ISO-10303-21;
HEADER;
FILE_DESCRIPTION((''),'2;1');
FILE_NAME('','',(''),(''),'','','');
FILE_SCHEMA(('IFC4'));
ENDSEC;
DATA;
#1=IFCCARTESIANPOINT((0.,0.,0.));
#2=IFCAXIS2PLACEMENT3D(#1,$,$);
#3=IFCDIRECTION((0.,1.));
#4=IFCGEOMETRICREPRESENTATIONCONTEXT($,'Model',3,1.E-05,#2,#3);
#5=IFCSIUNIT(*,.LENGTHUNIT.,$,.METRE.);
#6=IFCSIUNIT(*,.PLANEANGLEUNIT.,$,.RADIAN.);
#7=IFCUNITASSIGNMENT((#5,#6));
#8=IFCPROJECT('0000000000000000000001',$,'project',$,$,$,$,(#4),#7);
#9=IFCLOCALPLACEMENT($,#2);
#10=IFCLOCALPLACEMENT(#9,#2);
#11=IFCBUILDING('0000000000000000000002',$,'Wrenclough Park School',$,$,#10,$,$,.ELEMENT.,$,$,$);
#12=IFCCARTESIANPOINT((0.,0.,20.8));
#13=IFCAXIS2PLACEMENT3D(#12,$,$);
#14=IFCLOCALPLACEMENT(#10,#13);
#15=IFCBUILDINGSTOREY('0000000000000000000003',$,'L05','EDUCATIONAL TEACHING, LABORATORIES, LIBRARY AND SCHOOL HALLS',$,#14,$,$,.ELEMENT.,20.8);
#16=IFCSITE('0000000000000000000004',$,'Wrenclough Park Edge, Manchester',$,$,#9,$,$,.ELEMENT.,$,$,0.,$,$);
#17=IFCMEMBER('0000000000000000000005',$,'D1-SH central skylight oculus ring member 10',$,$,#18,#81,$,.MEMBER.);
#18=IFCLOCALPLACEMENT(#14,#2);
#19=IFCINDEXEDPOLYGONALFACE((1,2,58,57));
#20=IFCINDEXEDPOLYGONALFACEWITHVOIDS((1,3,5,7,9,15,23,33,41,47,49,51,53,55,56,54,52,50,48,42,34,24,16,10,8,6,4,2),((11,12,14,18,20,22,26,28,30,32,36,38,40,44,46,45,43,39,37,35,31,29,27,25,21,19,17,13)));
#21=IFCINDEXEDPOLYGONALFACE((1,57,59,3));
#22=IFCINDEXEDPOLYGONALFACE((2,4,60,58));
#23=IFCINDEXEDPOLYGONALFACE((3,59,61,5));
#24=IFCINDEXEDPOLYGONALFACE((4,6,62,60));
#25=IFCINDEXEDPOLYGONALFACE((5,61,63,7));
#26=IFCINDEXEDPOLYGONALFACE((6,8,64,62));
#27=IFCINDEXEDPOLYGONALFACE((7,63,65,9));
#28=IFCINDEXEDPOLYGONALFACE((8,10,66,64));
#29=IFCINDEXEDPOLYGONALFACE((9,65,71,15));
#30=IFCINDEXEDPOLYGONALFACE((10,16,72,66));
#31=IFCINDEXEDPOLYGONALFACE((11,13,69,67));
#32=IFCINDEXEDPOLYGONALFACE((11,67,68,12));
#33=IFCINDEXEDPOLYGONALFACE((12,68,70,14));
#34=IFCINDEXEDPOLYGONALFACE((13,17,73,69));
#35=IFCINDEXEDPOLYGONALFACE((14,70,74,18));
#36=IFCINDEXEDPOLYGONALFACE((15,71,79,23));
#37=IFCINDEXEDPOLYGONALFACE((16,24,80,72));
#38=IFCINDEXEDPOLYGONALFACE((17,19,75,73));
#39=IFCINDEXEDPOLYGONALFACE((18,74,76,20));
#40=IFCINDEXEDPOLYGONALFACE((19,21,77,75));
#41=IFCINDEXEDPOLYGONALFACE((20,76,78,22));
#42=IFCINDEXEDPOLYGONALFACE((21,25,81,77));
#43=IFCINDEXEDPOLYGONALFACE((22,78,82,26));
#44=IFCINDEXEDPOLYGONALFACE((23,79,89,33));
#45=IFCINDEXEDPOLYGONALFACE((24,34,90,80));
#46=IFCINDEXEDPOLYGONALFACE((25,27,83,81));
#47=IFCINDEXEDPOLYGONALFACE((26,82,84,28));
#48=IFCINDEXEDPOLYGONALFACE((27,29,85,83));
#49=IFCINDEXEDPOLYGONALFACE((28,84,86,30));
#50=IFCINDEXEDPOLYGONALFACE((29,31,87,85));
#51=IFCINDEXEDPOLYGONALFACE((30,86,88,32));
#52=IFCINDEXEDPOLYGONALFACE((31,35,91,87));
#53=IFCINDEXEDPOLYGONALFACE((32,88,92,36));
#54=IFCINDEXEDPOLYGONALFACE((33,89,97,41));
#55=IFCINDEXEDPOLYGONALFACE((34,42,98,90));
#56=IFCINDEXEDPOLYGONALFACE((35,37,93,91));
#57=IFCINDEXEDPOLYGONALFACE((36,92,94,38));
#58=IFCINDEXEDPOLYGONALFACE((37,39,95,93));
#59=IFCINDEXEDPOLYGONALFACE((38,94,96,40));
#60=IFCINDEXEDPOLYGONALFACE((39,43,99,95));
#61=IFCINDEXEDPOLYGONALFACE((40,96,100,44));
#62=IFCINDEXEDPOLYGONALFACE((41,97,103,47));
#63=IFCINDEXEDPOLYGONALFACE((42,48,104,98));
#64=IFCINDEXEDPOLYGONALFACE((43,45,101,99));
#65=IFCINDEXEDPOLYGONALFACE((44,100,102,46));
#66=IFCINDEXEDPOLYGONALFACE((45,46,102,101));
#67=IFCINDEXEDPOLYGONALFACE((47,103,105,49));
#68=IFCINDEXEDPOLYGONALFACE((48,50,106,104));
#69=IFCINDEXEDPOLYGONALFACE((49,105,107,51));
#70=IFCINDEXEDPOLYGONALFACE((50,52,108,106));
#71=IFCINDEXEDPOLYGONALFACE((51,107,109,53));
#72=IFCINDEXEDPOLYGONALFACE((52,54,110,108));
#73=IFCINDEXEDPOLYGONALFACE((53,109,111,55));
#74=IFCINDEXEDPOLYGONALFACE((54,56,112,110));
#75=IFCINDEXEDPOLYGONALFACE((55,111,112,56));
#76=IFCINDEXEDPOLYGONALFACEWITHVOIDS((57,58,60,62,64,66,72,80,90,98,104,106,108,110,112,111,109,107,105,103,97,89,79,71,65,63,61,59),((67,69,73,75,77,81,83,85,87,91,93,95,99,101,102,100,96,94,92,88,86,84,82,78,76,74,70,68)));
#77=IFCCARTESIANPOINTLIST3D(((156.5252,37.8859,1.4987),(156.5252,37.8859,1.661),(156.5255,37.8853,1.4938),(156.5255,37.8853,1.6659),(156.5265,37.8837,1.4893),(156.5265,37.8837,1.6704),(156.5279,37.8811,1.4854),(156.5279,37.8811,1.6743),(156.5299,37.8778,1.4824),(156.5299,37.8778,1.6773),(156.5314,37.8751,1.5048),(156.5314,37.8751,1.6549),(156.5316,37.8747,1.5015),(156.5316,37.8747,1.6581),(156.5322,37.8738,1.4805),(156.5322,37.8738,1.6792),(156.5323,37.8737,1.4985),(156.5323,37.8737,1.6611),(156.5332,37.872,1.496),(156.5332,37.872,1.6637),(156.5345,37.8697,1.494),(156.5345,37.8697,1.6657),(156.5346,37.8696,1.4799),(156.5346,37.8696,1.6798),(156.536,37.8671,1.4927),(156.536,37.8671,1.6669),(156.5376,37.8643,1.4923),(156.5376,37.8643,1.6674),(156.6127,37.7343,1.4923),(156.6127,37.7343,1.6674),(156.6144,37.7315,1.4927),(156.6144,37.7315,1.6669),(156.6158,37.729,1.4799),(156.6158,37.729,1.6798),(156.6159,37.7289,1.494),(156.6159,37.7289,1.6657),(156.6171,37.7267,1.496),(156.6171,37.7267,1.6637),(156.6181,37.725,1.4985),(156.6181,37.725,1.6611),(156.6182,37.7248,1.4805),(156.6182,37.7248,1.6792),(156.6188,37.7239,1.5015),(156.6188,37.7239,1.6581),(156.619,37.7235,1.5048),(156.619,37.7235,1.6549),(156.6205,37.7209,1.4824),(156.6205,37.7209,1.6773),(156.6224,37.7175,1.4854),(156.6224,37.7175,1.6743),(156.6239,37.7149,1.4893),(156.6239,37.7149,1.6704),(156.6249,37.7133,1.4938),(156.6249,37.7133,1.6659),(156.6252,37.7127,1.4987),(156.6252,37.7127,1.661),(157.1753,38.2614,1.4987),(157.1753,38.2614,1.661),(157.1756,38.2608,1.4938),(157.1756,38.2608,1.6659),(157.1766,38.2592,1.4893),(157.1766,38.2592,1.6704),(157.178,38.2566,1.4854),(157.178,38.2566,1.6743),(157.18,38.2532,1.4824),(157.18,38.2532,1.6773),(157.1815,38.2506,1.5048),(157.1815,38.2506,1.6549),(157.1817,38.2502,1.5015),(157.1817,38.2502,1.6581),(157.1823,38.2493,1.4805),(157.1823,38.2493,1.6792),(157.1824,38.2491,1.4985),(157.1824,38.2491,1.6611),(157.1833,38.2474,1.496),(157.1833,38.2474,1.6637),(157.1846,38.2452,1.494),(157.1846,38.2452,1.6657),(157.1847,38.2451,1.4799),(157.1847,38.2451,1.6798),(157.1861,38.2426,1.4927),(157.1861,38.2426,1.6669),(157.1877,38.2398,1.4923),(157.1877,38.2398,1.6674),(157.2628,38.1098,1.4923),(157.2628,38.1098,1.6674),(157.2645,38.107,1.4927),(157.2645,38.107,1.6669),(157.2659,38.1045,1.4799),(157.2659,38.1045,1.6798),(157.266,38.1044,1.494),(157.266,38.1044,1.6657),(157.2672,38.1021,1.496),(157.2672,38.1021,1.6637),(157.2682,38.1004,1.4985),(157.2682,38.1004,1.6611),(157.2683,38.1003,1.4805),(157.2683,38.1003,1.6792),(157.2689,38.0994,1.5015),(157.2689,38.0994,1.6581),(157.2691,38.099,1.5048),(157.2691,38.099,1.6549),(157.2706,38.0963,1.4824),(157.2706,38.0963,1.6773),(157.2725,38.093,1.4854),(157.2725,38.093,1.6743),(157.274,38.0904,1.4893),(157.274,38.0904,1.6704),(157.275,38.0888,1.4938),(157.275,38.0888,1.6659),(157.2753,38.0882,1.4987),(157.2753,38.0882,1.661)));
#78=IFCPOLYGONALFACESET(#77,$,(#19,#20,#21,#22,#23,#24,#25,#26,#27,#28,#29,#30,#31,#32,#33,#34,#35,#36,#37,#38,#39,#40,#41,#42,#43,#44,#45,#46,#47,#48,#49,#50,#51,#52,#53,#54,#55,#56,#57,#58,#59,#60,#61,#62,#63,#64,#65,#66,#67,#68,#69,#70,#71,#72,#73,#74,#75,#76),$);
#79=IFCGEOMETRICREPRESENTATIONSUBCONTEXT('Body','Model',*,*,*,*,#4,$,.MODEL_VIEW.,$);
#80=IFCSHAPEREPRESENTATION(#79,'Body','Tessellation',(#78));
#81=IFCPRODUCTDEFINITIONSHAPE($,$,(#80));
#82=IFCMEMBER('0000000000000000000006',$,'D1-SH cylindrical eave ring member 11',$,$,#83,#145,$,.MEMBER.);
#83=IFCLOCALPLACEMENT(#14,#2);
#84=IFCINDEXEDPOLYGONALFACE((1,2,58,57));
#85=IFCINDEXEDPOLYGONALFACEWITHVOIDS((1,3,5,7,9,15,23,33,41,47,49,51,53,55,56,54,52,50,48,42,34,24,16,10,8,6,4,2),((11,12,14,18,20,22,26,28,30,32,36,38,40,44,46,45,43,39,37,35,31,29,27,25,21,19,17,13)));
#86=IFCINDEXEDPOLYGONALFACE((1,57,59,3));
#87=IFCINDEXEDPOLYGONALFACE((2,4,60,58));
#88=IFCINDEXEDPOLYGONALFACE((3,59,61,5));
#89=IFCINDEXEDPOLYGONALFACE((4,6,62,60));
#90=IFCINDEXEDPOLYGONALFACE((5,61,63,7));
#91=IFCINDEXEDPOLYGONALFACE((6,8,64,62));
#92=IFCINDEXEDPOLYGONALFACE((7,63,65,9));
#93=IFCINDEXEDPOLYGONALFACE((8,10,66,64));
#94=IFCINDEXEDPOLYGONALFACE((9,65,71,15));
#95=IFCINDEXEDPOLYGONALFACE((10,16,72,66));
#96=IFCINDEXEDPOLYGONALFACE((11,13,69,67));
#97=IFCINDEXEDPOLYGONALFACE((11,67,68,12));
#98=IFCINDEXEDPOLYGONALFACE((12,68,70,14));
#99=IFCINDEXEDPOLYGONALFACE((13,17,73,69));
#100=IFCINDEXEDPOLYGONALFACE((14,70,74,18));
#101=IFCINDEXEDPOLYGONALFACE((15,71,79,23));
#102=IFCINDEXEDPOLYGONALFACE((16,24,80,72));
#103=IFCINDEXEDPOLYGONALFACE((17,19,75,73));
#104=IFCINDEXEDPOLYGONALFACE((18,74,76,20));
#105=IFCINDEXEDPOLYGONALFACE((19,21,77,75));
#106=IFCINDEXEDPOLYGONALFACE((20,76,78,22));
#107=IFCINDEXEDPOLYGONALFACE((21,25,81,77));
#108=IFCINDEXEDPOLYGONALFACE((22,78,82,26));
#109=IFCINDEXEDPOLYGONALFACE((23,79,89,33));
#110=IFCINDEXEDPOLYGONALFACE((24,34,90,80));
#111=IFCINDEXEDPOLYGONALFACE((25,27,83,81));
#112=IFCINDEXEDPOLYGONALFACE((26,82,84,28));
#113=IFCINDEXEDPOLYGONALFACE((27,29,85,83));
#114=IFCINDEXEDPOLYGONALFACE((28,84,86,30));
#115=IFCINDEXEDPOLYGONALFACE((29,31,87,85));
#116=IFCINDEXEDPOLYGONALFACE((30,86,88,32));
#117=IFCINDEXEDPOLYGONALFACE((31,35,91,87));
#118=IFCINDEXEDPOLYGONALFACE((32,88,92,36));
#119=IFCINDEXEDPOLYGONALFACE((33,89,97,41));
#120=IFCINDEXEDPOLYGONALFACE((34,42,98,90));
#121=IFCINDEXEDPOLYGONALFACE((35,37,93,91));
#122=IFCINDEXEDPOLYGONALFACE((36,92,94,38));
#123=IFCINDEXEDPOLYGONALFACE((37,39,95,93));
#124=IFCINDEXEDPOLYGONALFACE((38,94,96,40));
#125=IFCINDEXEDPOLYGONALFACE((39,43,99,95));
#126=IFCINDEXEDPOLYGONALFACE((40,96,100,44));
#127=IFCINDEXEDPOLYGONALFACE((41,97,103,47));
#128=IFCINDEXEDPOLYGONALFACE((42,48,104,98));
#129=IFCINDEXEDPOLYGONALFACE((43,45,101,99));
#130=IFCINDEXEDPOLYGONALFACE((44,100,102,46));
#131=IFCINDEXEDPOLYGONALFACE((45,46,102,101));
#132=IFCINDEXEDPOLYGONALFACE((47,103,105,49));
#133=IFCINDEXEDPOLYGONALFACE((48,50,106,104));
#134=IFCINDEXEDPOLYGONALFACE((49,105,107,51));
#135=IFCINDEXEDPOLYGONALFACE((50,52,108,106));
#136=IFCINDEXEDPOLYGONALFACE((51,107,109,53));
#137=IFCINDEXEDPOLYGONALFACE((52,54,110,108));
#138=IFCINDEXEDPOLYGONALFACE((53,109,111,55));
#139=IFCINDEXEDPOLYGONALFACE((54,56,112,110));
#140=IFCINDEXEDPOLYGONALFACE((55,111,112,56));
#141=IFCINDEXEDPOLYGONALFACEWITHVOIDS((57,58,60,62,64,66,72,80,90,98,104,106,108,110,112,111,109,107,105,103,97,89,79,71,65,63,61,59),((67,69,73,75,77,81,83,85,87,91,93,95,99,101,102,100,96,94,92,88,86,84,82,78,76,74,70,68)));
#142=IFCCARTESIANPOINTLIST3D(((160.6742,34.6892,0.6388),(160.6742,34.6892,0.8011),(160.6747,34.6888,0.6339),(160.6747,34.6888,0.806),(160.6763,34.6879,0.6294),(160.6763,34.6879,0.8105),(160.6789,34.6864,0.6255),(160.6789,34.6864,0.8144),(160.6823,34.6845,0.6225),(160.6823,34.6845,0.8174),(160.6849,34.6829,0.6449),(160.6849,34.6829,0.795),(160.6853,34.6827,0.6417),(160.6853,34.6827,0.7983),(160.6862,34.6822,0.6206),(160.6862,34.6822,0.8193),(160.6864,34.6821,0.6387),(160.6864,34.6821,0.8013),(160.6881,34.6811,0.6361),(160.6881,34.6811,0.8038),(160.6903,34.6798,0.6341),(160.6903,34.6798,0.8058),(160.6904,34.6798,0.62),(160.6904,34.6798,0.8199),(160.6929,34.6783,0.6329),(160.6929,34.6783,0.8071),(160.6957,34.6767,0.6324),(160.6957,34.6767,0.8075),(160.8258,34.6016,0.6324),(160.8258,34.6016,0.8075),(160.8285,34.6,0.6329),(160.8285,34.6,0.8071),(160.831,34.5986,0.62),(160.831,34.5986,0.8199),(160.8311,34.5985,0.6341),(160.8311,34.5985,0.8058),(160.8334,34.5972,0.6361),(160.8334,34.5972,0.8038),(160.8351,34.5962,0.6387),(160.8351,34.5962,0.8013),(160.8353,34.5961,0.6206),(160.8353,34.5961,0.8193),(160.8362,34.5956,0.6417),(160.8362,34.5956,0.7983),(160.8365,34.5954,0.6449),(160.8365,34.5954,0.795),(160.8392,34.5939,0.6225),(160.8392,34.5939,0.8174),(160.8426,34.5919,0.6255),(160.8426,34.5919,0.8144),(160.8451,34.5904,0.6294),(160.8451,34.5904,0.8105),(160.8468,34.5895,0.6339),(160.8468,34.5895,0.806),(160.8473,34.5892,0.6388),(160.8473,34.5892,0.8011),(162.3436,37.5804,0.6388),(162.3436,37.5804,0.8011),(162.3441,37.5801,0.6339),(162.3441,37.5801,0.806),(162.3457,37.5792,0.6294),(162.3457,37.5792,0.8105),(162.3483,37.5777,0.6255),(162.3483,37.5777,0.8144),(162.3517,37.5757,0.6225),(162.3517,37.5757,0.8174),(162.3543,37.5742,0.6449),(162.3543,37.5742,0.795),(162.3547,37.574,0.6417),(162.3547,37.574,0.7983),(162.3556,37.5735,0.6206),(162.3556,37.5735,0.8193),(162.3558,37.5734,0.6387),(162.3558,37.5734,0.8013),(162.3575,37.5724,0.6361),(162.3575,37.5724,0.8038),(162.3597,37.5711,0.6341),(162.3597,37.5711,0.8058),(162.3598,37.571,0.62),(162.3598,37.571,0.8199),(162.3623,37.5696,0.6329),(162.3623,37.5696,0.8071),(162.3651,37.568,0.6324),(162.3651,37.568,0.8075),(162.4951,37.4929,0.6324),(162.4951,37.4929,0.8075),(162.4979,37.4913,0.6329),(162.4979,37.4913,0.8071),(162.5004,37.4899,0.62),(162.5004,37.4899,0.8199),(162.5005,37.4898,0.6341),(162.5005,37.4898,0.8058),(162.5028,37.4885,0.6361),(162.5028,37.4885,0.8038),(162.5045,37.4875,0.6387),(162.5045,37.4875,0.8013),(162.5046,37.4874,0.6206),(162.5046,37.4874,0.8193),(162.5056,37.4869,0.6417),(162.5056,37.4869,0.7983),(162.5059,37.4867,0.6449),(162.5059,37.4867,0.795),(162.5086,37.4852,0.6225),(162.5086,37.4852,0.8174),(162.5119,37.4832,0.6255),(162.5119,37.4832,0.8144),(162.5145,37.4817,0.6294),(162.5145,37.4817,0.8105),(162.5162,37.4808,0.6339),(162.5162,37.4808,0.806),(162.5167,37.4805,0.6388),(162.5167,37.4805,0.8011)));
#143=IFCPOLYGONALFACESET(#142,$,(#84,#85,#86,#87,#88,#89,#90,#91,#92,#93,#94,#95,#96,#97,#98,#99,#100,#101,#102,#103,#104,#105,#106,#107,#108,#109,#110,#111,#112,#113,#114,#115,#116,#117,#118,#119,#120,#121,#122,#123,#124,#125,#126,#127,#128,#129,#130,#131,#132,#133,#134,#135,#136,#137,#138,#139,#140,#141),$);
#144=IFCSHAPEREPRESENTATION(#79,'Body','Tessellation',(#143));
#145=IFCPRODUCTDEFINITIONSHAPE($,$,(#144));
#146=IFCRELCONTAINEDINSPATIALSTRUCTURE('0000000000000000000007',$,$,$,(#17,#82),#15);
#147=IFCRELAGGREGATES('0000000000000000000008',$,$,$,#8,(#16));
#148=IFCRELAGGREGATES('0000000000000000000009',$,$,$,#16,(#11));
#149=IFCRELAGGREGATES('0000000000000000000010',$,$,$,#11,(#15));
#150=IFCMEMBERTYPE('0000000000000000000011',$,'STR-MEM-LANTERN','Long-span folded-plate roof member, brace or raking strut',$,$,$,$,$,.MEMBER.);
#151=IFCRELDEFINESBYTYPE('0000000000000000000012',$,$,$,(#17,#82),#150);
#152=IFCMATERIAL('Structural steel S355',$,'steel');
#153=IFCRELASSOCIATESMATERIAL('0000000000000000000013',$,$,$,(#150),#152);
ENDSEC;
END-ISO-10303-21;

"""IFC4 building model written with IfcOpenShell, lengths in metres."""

from ifc_helpers import new_model, si_unit, direction, frame, origin, origin_2d, place, context, subcontext, project, spatial, hollow_rectangle, extrude, material, material_profile, profile_set, type_object, element, save


model = new_model("IFC4")

# Units and contexts
model_context = context("Model", 3, precision=1e-05, world=origin(), true_north=direction((0.0, 1.0)))
body_context = subcontext(model_context, "Body", "Model", "MODEL_VIEW")
ifc_project = project(units=[si_unit("LENGTHUNIT", "METRE"), si_unit("PLANEANGLEUNIT", "RADIAN")], contexts=[model_context])

# Site, building, storey
site_placement = place(None, origin())
site = spatial("IfcSite", under=ifc_project, at=site_placement, Name="Wrenclough Park Edge, Manchester", CompositionType="ELEMENT", RefElevation=0.0)
building_placement = place(site_placement, origin())
building = spatial("IfcBuilding", under=site, at=building_placement, Name="Wrenclough Park School", CompositionType="ELEMENT")
storey_placement = place(building_placement, frame((0.0, 0.0, 20.8)))
storey = spatial("IfcBuildingStorey", under=building, at=storey_placement, Name="L05", Description="EDUCATIONAL TEACHING, LABORATORIES, LIBRARY AND SCHOOL HALLS", CompositionType="ELEMENT", Elevation=20.8)

# Shared definitions
ifc_material_1 = material(Name="Structural steel S355", Category="steel")

# Members
ifc_material_profile_1 = material_profile(ifc_material_1, hollow_rectangle(XDim=0.2, YDim=0.2, WallThickness=0.0125, InnerFilletRadius=0.0125, OuterFilletRadius=0.0188, at=origin_2d()), Name="SHS 200x200x12.5")
ifc_profile_set_1 = profile_set([ifc_material_profile_1], Name="Structural steel S355")
member_type_1 = type_object("IfcMemberType", Name="STR-MEM-LANTERN", Description="Long-span folded-plate roof member, brace or raking strut", PredefinedType="MEMBER", material=ifc_profile_set_1)
member_1_placement = place(storey_placement, frame((156.5752, 37.7993, 1.5798), z_axis=(0.865953, 0.500126, 0.0), x_axis=(-0.500126, 0.865953, 0.0)))
element("IfcMember", 1, at=member_1_placement, inside=storey, type_object=member_type_1, Name="D1-SH central skylight oculus ring member 10", PredefinedType="MEMBER", context=body_context, shape_type="SweptSolid", body=[
    extrude(hollow_rectangle(XDim=0.2, YDim=0.2, WallThickness=0.0125, InnerFilletRadius=0.0125, OuterFilletRadius=0.0188, at=origin_2d()), origin(), (0.0, 0.0, 1.0), 0.7507),
])
member_2_placement = place(storey_placement, frame((160.7607, 34.6392, 0.72), z_axis=(0.500024, 0.866011, 0.0), x_axis=(-0.866011, 0.500024, 0.0)))
element("IfcMember", 2, at=member_2_placement, inside=storey, type_object=member_type_1, Name="D1-SH cylindrical eave ring member 11", PredefinedType="MEMBER", context=body_context, shape_type="SweptSolid", body=[
    extrude(hollow_rectangle(XDim=0.2, YDim=0.2, WallThickness=0.0125, InnerFilletRadius=0.0125, OuterFilletRadius=0.0188, at=origin_2d()), origin(), (0.0, 0.0, 1.0), 3.3386),
])

save(model, "model.ifc")
